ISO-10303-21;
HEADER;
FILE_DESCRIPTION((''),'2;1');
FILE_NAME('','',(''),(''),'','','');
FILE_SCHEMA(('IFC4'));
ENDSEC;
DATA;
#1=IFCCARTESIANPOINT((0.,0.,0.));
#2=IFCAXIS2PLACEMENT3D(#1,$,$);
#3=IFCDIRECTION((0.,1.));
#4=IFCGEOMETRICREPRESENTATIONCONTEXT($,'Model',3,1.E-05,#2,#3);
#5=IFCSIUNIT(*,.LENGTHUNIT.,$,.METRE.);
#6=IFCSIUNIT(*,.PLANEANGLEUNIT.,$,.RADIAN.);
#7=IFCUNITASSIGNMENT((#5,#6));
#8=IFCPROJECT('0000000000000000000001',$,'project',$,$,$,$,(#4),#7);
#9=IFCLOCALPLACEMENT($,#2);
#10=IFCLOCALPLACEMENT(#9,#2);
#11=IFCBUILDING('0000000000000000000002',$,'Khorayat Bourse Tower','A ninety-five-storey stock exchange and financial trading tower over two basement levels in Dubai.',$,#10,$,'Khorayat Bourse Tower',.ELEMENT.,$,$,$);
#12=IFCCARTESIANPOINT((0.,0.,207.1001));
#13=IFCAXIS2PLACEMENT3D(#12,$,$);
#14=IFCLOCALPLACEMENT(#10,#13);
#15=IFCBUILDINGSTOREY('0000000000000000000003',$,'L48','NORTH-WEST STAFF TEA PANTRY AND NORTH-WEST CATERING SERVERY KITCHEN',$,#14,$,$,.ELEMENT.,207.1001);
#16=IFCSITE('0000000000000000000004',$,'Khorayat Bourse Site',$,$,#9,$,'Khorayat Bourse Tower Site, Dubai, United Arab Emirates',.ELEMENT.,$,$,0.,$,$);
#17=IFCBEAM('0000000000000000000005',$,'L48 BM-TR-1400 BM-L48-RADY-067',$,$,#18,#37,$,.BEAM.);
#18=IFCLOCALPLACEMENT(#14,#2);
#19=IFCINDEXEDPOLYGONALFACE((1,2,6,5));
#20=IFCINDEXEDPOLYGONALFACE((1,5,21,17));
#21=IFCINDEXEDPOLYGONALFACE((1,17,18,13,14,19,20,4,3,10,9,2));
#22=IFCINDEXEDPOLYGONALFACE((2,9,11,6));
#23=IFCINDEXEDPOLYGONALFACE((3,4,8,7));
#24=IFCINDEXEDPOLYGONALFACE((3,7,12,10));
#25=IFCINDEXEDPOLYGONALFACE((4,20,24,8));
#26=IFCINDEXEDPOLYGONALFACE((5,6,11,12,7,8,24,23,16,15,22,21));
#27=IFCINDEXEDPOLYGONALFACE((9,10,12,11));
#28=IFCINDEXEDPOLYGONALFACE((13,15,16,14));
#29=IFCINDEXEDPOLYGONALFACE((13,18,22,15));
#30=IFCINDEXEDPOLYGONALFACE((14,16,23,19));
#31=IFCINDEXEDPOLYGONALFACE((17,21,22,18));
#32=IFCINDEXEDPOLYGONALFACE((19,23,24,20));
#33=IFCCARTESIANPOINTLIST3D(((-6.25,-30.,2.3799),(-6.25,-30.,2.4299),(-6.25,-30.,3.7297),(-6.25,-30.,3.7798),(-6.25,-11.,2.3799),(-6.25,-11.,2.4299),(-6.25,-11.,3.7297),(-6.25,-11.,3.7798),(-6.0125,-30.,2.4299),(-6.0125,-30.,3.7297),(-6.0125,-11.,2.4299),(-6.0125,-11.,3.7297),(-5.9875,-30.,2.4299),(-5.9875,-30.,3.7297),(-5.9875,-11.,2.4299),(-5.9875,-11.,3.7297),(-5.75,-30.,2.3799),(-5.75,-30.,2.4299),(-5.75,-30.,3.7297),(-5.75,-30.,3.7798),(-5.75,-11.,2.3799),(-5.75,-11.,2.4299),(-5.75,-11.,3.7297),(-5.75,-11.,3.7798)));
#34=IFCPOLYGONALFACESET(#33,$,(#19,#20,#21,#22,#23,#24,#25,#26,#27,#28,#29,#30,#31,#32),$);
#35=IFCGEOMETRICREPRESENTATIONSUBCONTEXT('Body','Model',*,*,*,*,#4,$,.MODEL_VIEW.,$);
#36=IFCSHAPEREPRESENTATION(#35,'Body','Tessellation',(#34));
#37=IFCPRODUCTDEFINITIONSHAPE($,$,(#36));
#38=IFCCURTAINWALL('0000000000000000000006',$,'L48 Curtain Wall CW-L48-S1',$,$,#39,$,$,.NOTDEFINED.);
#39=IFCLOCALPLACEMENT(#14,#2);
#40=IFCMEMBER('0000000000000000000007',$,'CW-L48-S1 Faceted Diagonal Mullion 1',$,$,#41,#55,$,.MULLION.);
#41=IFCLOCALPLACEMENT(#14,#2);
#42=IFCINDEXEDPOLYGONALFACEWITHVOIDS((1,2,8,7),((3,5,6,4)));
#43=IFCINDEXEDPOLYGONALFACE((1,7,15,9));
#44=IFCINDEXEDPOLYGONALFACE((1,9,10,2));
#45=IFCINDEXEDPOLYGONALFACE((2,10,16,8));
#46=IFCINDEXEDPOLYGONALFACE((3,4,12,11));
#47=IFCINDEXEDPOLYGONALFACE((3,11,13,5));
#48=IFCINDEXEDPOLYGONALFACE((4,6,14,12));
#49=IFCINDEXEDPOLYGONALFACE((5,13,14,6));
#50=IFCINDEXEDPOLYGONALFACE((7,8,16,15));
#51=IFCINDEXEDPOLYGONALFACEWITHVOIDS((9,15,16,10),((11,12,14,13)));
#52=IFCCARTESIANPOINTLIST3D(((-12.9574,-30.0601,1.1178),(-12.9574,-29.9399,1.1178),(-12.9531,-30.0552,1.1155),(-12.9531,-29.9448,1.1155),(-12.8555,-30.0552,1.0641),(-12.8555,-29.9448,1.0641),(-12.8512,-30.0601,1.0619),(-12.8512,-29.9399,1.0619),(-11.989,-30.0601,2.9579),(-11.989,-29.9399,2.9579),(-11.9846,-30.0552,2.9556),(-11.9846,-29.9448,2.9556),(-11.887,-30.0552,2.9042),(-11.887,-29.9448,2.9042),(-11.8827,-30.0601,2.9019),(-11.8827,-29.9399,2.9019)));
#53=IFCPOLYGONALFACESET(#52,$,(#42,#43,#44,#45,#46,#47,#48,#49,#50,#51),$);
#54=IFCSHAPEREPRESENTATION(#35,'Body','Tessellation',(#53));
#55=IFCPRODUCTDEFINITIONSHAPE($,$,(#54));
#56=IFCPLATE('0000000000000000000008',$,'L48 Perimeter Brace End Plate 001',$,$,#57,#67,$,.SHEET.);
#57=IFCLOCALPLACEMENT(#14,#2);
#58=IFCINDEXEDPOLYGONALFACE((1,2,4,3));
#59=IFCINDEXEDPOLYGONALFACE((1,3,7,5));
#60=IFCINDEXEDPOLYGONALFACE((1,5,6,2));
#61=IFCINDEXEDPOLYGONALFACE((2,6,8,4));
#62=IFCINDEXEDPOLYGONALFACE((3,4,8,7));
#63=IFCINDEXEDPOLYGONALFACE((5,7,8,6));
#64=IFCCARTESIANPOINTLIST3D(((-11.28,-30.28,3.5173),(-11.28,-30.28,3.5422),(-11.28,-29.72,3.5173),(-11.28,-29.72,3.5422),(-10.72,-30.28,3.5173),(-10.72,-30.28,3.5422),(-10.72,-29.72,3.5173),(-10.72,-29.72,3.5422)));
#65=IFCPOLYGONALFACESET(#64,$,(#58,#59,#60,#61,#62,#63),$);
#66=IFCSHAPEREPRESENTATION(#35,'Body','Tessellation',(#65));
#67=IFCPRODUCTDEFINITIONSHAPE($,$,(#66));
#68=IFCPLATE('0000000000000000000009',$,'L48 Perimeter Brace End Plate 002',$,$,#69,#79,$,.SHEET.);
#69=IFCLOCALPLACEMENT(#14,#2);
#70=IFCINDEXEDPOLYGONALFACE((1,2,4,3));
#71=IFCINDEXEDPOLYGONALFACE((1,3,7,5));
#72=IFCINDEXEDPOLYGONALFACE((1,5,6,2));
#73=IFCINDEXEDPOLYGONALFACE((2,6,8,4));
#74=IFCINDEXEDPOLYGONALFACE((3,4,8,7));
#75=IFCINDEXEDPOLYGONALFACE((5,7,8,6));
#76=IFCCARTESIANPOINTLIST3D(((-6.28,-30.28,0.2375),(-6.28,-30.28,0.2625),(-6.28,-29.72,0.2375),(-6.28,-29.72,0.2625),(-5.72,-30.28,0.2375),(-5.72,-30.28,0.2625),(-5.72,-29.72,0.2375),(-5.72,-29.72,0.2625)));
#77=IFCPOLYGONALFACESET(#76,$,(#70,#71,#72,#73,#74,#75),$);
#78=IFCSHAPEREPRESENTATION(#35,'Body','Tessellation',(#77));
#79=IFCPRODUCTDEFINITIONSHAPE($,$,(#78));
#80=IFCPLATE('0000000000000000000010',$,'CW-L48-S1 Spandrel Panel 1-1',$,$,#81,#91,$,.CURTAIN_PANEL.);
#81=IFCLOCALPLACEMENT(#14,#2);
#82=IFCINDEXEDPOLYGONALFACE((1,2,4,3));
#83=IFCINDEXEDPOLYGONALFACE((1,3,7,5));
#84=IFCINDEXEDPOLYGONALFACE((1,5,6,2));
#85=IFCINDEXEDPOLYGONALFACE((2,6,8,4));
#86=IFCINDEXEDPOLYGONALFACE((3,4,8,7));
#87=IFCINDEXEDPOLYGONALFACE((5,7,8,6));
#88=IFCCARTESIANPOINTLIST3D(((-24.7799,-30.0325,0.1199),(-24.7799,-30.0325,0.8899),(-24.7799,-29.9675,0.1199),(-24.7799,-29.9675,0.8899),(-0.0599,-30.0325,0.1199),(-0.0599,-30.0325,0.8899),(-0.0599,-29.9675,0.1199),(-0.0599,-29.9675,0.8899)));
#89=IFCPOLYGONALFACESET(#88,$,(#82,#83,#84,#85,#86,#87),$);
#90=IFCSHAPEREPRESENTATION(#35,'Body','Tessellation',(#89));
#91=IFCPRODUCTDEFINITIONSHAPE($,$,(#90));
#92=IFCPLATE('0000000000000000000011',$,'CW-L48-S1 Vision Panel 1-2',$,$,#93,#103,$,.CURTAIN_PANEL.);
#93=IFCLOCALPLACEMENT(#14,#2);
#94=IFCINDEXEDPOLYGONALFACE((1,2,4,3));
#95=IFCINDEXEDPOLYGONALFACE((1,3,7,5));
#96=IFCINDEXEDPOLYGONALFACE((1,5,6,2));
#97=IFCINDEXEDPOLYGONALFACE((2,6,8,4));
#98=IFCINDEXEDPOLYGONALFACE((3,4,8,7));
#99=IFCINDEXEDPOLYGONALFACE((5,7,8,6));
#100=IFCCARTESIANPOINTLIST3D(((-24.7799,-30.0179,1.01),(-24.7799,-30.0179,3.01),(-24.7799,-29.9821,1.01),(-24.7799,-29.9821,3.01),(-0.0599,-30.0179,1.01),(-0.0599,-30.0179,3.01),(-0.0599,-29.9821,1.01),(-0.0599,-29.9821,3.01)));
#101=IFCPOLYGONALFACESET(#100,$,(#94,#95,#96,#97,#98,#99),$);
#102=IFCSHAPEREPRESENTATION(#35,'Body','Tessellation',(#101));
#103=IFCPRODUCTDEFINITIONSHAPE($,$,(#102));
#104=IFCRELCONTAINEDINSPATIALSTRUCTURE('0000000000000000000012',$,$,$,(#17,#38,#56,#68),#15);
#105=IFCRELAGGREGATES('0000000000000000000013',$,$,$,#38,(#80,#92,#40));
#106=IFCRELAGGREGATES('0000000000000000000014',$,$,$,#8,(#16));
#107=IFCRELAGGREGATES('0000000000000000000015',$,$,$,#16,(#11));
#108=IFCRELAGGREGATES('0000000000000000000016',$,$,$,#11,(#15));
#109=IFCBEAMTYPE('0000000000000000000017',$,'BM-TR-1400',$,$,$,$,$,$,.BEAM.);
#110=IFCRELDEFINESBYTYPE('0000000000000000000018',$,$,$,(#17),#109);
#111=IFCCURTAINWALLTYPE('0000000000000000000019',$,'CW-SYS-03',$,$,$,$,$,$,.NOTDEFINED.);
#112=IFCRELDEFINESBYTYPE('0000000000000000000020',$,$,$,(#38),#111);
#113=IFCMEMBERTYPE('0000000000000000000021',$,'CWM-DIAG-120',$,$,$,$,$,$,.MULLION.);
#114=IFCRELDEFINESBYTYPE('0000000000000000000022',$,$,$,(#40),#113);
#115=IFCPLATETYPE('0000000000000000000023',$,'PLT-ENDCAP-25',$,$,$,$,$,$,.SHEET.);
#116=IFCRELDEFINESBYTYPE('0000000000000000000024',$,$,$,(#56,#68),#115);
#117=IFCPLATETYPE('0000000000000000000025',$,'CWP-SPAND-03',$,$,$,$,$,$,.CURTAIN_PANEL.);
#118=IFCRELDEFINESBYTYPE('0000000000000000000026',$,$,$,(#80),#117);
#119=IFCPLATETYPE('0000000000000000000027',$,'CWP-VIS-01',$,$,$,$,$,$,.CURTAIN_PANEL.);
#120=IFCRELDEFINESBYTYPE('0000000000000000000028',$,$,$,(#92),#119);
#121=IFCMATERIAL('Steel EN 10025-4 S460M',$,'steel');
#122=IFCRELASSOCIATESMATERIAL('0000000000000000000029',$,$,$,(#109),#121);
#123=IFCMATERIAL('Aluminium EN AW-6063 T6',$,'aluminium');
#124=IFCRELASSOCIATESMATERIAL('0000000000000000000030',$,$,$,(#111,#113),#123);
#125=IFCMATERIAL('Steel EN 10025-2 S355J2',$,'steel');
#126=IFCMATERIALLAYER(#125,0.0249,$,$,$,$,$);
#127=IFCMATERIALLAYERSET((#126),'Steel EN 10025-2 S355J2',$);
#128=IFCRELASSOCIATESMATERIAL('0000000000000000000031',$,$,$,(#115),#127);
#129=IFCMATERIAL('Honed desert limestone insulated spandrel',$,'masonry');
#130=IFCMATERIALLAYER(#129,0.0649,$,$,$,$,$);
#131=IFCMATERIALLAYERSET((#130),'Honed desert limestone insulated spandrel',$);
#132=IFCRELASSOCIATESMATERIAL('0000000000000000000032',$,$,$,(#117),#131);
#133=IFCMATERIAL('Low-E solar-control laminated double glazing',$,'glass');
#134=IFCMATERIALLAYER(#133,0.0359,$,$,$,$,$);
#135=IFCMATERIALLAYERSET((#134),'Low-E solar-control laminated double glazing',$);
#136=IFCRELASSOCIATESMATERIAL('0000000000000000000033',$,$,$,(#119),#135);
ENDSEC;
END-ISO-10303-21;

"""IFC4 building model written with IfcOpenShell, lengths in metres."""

from ifc_helpers import new_model, si_unit, direction, frame, origin, origin_2d, place, context, subcontext, project, spatial, rectangle, hollow_rectangle, i_section, extrude, source, transform, mapped, material, layer, layer_set, material_profile, profile_set, type_object, element, aggregate, save


model = new_model("IFC4")

# Units and contexts
model_context = context("Model", 3, precision=1e-05, world=origin(), true_north=direction((0.0, 1.0)))
body_context = subcontext(model_context, "Body", "Model", "MODEL_VIEW")
ifc_project = project(units=[si_unit("LENGTHUNIT", "METRE"), si_unit("PLANEANGLEUNIT", "RADIAN")], contexts=[model_context])

# Site, building, storey
site_placement = place(None, origin())
site = spatial("IfcSite", under=ifc_project, at=site_placement, Name="Khorayat Bourse Site", LongName="Khorayat Bourse Tower Site, Dubai, United Arab Emirates", CompositionType="ELEMENT", RefElevation=0.0)
building_placement = place(site_placement, origin())
building = spatial("IfcBuilding", under=site, at=building_placement, Name="Khorayat Bourse Tower", Description="A ninety-five-storey stock exchange and financial trading tower over two basement levels in Dubai.", LongName="Khorayat Bourse Tower", CompositionType="ELEMENT")
storey_placement = place(building_placement, frame((0.0, 0.0, 207.1001)))
storey = spatial("IfcBuildingStorey", under=building, at=storey_placement, Name="L48", Description="NORTH-WEST STAFF TEA PANTRY AND NORTH-WEST CATERING SERVERY KITCHEN", CompositionType="ELEMENT", Elevation=207.1001)

# Shared definitions
ifc_material_1 = material(Name="Steel EN 10025-4 S460M", Category="steel")

# Beam
ifc_material_profile_1 = material_profile(ifc_material_1, i_section(OverallWidth=0.5, OverallDepth=1.3999, WebThickness=0.0249, FlangeThickness=0.05, at=origin_2d()), Name="PG 1400x500x25x50")
ifc_profile_set_1 = profile_set([ifc_material_profile_1], Name="Steel EN 10025-4 S460M")
beam_type_1 = type_object("IfcBeamType", Name="BM-TR-1400", PredefinedType="BEAM", material=ifc_profile_set_1)
shared_shape_1 = source(origin(), body_context, "Body", "SweptSolid", [
    extrude(i_section(OverallWidth=0.5, OverallDepth=1.3999, WebThickness=0.0249, FlangeThickness=0.05, at=origin_2d()), origin(), (0.0, 0.0, 1.0), 19.0),
])
for number, where, z_axis, x_axis, name in (
    (1, (-6.0, -30.0, 3.0798), (0.0, 1.0, 0.0), (-1.0, 0.0, 0.0), "L48 BM-TR-1400 BM-L48-RADY-067"),
):
    element("IfcBeam", number, at=place(storey_placement, frame(where, z_axis=z_axis, x_axis=x_axis)), inside=storey, type_object=beam_type_1, Name=name, PredefinedType="BEAM", context=body_context, shape_type="MappedRepresentation", body=[
        mapped(shared_shape_1, transform((0.0, 0.0, 0.0), scale=1.0)),
    ])

# Curtain wall, member
ifc_material_2 = material(Name="Aluminium EN AW-6063 T6", Category="aluminium")
curtain_wall_type = type_object("IfcCurtainWallType", Name="CW-SYS-03", PredefinedType="NOTDEFINED", material=ifc_material_2)
curtain_wall_placement = place(storey_placement, origin())
curtain_wall = element("IfcCurtainWall", 2, at=curtain_wall_placement, inside=storey, type_object=curtain_wall_type, Name="L48 Curtain Wall CW-L48-S1", PredefinedType="NOTDEFINED")
ifc_material_profile_2 = material_profile(ifc_material_2, hollow_rectangle(XDim=0.1201, YDim=0.1201, WallThickness=0.0049, at=origin_2d()), Name="ALU 120x120x5")
ifc_profile_set_2 = profile_set([ifc_material_profile_2], Name="Aluminium EN AW-6063 T6")
member_type_1 = type_object("IfcMemberType", Name="CWM-DIAG-120", PredefinedType="MULLION", material=ifc_profile_set_2)
shared_shape_2 = source(origin(), body_context, "Body", "SweptSolid", [
    extrude(hollow_rectangle(XDim=0.1201, YDim=0.1201, WallThickness=0.0049, at=origin_2d()), origin(), (0.0, 0.0, 1.0), 2.0793),
])
member_1_placement = place(storey_placement, frame((-12.9043, -30.0, 1.0898), z_axis=(0.465761, 0.0, 0.884911), x_axis=(0.0, 1.0, 0.0)))
member_1 = element("IfcMember", 3, at=member_1_placement, type_object=member_type_1, Name="CW-L48-S1 Faceted Diagonal Mullion 1", PredefinedType="MULLION", context=body_context, shape_type="MappedRepresentation", body=[
    mapped(shared_shape_2, transform((0.0, 0.0, 0.0), scale=1.0)),
])

# Plates
ifc_material_3 = material(Name="Steel EN 10025-2 S355J2", Category="steel")
ifc_layer_1 = layer(ifc_material_3, 0.0249)
ifc_layer_set_1 = layer_set([ifc_layer_1], Name="Steel EN 10025-2 S355J2")
plate_type_1 = type_object("IfcPlateType", Name="PLT-ENDCAP-25", PredefinedType="SHEET", material=ifc_layer_set_1)
shared_shape_3 = source(origin(), body_context, "Body", "SweptSolid", [
    extrude(rectangle(XDim=0.5601, YDim=0.5601, at=origin_2d()), origin(), (0.0, 0.0, 1.0), 0.0249),
])
for number, where, z_axis, x_axis, name in (
    (4, (-11.0, -30.0, 3.5173), (0.0, 0.0, 1.0), (1.0, 0.0, 0.0), "L48 Perimeter Brace End Plate 001"),
    (5, (-6.0, -30.0, 0.2375), (0.0, 0.0, 1.0), (1.0, 0.0, 0.0), "L48 Perimeter Brace End Plate 002"),
):
    element("IfcPlate", number, at=place(storey_placement, frame(where, z_axis=z_axis, x_axis=x_axis)), inside=storey, type_object=plate_type_1, Name=name, PredefinedType="SHEET", context=body_context, shape_type="MappedRepresentation", body=[
        mapped(shared_shape_3, transform((0.0, 0.0, 0.0), scale=1.0)),
    ])

# Plates
ifc_material_4 = material(Name="Honed desert limestone insulated spandrel", Category="masonry")
ifc_layer_2 = layer(ifc_material_4, 0.0649)
ifc_layer_set_2 = layer_set([ifc_layer_2], Name="Honed desert limestone insulated spandrel")
plate_type_2 = type_object("IfcPlateType", Name="CWP-SPAND-03", PredefinedType="CURTAIN_PANEL", material=ifc_layer_set_2)
shared_shape_4 = source(origin(), body_context, "Body", "SweptSolid", [
    extrude(rectangle(XDim=24.72, YDim=0.0649, at=origin_2d()), origin(), (0.0, 0.0, 1.0), 0.77),
])
plate_1_placement = place(storey_placement, frame((-12.4199, -30.0, 0.1199), z_axis=(0.0, 0.0, 1.0), x_axis=(1.0, 0.0, 0.0)))
plate_1 = element("IfcPlate", 6, at=plate_1_placement, type_object=plate_type_2, Name="CW-L48-S1 Spandrel Panel 1-1", PredefinedType="CURTAIN_PANEL", context=body_context, shape_type="MappedRepresentation", body=[
    mapped(shared_shape_4, transform((0.0, 0.0, 0.0), scale=1.0)),
])
ifc_material_5 = material(Name="Low-E solar-control laminated double glazing", Category="glass")
ifc_layer_3 = layer(ifc_material_5, 0.0359)
ifc_layer_set_3 = layer_set([ifc_layer_3], Name="Low-E solar-control laminated double glazing")
plate_type_3 = type_object("IfcPlateType", Name="CWP-VIS-01", PredefinedType="CURTAIN_PANEL", material=ifc_layer_set_3)
shared_shape_5 = source(origin(), body_context, "Body", "SweptSolid", [
    extrude(rectangle(XDim=24.72, YDim=0.0359, at=origin_2d()), origin(), (0.0, 0.0, 1.0), 2.0),
])
plate_2_placement = place(storey_placement, frame((-12.4199, -30.0, 1.01), z_axis=(0.0, 0.0, 1.0), x_axis=(1.0, 0.0, 0.0)))
plate_2 = element("IfcPlate", 7, at=plate_2_placement, type_object=plate_type_3, Name="CW-L48-S1 Vision Panel 1-2", PredefinedType="CURTAIN_PANEL", context=body_context, shape_type="MappedRepresentation", body=[
    mapped(shared_shape_5, transform((0.0, 0.0, 0.0), scale=1.0)),
])
aggregate(curtain_wall, [plate_1, plate_2, member_1])

save(model, "model.ifc")
